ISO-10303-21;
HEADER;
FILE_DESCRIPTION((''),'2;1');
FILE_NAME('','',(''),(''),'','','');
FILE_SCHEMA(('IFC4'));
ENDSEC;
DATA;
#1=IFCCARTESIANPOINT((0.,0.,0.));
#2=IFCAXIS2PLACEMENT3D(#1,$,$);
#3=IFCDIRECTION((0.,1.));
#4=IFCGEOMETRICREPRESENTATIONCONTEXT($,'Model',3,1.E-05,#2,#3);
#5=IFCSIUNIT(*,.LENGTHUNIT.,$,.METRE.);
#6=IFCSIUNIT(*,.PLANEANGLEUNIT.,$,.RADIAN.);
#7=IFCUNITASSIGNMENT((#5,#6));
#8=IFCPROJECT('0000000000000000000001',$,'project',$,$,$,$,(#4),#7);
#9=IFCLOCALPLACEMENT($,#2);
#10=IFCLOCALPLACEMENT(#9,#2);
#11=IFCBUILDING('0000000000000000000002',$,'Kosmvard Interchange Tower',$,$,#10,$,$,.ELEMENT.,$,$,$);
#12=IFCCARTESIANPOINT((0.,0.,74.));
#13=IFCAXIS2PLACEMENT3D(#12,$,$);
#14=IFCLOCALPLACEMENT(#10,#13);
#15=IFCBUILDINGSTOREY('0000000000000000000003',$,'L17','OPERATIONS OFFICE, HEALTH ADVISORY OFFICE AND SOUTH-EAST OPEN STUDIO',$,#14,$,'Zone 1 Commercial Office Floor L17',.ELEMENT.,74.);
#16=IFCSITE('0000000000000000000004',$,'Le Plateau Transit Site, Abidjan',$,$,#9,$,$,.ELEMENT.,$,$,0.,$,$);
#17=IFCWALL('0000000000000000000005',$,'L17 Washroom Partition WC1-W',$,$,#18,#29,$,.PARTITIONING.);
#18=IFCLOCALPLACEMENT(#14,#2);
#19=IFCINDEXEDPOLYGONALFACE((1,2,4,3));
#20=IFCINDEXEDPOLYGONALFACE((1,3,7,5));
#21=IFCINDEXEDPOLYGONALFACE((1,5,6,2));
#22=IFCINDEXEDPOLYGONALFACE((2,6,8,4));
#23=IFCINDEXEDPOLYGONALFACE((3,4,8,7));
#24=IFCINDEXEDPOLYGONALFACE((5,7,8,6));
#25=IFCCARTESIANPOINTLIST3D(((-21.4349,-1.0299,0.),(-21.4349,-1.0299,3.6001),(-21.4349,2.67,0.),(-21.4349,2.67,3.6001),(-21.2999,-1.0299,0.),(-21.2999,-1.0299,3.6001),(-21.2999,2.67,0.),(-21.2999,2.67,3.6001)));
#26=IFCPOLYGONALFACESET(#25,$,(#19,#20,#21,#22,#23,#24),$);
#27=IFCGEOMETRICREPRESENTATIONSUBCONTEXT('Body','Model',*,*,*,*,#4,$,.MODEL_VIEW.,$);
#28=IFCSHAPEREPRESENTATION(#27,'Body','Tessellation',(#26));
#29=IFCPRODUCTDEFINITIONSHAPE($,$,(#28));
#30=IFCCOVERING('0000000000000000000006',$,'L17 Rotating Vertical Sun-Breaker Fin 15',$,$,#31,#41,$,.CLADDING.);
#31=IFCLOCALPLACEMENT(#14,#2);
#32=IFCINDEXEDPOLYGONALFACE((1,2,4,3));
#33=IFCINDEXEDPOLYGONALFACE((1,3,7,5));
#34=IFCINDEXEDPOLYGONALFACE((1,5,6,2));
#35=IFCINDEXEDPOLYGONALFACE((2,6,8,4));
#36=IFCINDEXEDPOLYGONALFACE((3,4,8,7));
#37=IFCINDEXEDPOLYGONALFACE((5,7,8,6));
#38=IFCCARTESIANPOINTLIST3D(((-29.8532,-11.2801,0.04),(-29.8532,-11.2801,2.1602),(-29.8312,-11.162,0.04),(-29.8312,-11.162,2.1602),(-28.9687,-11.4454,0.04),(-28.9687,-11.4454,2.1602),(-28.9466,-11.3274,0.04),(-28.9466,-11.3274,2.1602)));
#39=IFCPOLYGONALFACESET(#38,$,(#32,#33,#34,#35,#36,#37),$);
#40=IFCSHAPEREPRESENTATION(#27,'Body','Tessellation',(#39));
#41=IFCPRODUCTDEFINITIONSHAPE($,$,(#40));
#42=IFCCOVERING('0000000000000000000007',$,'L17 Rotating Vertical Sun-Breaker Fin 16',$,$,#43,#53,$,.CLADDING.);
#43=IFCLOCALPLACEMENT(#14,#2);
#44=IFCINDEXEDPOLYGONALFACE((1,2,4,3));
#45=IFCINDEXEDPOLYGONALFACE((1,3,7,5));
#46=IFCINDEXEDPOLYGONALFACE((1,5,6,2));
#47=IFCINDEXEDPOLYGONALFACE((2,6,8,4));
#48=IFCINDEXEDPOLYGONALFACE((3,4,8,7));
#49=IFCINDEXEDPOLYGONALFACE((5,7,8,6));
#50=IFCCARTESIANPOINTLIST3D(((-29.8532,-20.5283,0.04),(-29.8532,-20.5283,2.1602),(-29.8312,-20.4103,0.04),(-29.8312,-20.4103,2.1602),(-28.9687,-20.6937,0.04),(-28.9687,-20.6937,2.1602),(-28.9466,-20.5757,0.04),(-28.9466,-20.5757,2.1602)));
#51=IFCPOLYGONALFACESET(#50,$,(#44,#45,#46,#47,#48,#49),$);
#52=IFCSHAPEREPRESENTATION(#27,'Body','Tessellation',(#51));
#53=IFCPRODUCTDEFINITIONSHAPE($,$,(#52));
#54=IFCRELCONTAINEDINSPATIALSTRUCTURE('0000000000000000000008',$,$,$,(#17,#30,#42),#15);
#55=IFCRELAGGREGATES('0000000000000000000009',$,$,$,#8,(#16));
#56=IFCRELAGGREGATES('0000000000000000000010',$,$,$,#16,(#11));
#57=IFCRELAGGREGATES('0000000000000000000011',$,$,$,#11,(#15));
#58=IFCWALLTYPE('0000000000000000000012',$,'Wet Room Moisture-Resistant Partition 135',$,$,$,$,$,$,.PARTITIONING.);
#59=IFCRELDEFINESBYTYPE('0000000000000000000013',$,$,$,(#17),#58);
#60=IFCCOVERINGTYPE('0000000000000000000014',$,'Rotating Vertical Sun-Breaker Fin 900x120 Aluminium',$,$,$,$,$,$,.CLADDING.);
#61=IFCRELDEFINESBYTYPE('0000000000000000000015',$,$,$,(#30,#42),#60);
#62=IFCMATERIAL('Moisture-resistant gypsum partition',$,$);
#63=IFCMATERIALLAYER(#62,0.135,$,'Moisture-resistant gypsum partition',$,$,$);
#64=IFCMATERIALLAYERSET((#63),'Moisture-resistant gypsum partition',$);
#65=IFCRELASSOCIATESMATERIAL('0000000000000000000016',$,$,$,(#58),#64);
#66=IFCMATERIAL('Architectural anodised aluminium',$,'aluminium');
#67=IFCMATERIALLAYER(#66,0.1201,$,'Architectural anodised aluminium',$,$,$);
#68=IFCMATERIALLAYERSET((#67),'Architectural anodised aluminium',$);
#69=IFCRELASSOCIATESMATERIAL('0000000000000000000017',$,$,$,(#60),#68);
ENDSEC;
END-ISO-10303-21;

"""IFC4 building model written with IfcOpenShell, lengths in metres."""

from ifc_helpers import new_model, si_unit, direction, frame, frame_2d, origin, origin_2d, place, context, subcontext, project, spatial, rectangle, extrude, source, transform, mapped, material, layer, layer_set, type_object, element, save


model = new_model("IFC4")

# Units and contexts
model_context = context("Model", 3, precision=1e-05, world=origin(), true_north=direction((0.0, 1.0)))
body_context = subcontext(model_context, "Body", "Model", "MODEL_VIEW")
ifc_project = project(units=[si_unit("LENGTHUNIT", "METRE"), si_unit("PLANEANGLEUNIT", "RADIAN")], contexts=[model_context])

# Site, building, storey
site_placement = place(None, origin())
site = spatial("IfcSite", under=ifc_project, at=site_placement, Name="Le Plateau Transit Site, Abidjan", CompositionType="ELEMENT", RefElevation=0.0)
building_placement = place(site_placement, origin())
building = spatial("IfcBuilding", under=site, at=building_placement, Name="Kosmvard Interchange Tower", CompositionType="ELEMENT")
storey_placement = place(building_placement, frame((0.0, 0.0, 74.0)))
storey = spatial("IfcBuildingStorey", under=building, at=storey_placement, Name="L17", Description="OPERATIONS OFFICE, HEALTH ADVISORY OFFICE AND SOUTH-EAST OPEN STUDIO", LongName="Zone 1 Commercial Office Floor L17", CompositionType="ELEMENT", Elevation=74.0)

# Wall
ifc_material_1 = material(Name="Moisture-resistant gypsum partition")
ifc_layer_1 = layer(ifc_material_1, 0.135, Name="Moisture-resistant gypsum partition")
ifc_layer_set_1 = layer_set([ifc_layer_1], Name="Moisture-resistant gypsum partition")
wall_type_1 = type_object("IfcWallType", Name="Wet Room Moisture-Resistant Partition 135", PredefinedType="PARTITIONING", material=ifc_layer_set_1)
for number, where, z_axis, x_axis, name in (
    (1, (-21.3674, -1.03, 0.0), (0.0, 0.0, 1.0), (0.0, 1.0, 0.0), "L17 Washroom Partition WC1-W"),
):
    element("IfcWall", number, at=place(storey_placement, frame(where, z_axis=z_axis, x_axis=x_axis)), inside=storey, type_object=wall_type_1, Name=name, PredefinedType="PARTITIONING", context=body_context, shape_type="SweptSolid", body=[
        extrude(rectangle(XDim=3.7, YDim=0.135, at=frame_2d((1.8501, 0.0))), origin(), (0.0, 0.0, 1.0), 3.6001),
    ])

# Coverings
ifc_material_2 = material(Name="Architectural anodised aluminium", Category="aluminium")
ifc_layer_2 = layer(ifc_material_2, 0.1201, Name="Architectural anodised aluminium")
ifc_layer_set_2 = layer_set([ifc_layer_2], Name="Architectural anodised aluminium")
covering_type = type_object("IfcCoveringType", Name="Rotating Vertical Sun-Breaker Fin 900x120 Aluminium", PredefinedType="CLADDING", material=ifc_layer_set_2)
shared_shape_1 = source(origin(), body_context, "Body", "SweptSolid", [
    extrude(rectangle(XDim=0.8999, YDim=0.1201, at=origin_2d()), origin(), (0.0, 0.0, 1.0), 2.1201),
])
for number, where, z_axis, x_axis, name in (
    (2, (-29.3999, -11.3037, 0.04), (0.0, 0.0, 1.0), (-0.982967, 0.18378, 0.0), "L17 Rotating Vertical Sun-Breaker Fin 15"),
    (3, (-29.3999, -20.552, 0.04), (0.0, 0.0, 1.0), (-0.982967, 0.18378, 0.0), "L17 Rotating Vertical Sun-Breaker Fin 16"),
):
    element("IfcCovering", number, at=place(storey_placement, frame(where, z_axis=z_axis, x_axis=x_axis)), inside=storey, type_object=covering_type, Name=name, PredefinedType="CLADDING", context=body_context, shape_type="MappedRepresentation", body=[
        mapped(shared_shape_1, transform((0.0, 0.0, 0.0), scale=1.0)),
    ])

save(model, "model.ifc")
